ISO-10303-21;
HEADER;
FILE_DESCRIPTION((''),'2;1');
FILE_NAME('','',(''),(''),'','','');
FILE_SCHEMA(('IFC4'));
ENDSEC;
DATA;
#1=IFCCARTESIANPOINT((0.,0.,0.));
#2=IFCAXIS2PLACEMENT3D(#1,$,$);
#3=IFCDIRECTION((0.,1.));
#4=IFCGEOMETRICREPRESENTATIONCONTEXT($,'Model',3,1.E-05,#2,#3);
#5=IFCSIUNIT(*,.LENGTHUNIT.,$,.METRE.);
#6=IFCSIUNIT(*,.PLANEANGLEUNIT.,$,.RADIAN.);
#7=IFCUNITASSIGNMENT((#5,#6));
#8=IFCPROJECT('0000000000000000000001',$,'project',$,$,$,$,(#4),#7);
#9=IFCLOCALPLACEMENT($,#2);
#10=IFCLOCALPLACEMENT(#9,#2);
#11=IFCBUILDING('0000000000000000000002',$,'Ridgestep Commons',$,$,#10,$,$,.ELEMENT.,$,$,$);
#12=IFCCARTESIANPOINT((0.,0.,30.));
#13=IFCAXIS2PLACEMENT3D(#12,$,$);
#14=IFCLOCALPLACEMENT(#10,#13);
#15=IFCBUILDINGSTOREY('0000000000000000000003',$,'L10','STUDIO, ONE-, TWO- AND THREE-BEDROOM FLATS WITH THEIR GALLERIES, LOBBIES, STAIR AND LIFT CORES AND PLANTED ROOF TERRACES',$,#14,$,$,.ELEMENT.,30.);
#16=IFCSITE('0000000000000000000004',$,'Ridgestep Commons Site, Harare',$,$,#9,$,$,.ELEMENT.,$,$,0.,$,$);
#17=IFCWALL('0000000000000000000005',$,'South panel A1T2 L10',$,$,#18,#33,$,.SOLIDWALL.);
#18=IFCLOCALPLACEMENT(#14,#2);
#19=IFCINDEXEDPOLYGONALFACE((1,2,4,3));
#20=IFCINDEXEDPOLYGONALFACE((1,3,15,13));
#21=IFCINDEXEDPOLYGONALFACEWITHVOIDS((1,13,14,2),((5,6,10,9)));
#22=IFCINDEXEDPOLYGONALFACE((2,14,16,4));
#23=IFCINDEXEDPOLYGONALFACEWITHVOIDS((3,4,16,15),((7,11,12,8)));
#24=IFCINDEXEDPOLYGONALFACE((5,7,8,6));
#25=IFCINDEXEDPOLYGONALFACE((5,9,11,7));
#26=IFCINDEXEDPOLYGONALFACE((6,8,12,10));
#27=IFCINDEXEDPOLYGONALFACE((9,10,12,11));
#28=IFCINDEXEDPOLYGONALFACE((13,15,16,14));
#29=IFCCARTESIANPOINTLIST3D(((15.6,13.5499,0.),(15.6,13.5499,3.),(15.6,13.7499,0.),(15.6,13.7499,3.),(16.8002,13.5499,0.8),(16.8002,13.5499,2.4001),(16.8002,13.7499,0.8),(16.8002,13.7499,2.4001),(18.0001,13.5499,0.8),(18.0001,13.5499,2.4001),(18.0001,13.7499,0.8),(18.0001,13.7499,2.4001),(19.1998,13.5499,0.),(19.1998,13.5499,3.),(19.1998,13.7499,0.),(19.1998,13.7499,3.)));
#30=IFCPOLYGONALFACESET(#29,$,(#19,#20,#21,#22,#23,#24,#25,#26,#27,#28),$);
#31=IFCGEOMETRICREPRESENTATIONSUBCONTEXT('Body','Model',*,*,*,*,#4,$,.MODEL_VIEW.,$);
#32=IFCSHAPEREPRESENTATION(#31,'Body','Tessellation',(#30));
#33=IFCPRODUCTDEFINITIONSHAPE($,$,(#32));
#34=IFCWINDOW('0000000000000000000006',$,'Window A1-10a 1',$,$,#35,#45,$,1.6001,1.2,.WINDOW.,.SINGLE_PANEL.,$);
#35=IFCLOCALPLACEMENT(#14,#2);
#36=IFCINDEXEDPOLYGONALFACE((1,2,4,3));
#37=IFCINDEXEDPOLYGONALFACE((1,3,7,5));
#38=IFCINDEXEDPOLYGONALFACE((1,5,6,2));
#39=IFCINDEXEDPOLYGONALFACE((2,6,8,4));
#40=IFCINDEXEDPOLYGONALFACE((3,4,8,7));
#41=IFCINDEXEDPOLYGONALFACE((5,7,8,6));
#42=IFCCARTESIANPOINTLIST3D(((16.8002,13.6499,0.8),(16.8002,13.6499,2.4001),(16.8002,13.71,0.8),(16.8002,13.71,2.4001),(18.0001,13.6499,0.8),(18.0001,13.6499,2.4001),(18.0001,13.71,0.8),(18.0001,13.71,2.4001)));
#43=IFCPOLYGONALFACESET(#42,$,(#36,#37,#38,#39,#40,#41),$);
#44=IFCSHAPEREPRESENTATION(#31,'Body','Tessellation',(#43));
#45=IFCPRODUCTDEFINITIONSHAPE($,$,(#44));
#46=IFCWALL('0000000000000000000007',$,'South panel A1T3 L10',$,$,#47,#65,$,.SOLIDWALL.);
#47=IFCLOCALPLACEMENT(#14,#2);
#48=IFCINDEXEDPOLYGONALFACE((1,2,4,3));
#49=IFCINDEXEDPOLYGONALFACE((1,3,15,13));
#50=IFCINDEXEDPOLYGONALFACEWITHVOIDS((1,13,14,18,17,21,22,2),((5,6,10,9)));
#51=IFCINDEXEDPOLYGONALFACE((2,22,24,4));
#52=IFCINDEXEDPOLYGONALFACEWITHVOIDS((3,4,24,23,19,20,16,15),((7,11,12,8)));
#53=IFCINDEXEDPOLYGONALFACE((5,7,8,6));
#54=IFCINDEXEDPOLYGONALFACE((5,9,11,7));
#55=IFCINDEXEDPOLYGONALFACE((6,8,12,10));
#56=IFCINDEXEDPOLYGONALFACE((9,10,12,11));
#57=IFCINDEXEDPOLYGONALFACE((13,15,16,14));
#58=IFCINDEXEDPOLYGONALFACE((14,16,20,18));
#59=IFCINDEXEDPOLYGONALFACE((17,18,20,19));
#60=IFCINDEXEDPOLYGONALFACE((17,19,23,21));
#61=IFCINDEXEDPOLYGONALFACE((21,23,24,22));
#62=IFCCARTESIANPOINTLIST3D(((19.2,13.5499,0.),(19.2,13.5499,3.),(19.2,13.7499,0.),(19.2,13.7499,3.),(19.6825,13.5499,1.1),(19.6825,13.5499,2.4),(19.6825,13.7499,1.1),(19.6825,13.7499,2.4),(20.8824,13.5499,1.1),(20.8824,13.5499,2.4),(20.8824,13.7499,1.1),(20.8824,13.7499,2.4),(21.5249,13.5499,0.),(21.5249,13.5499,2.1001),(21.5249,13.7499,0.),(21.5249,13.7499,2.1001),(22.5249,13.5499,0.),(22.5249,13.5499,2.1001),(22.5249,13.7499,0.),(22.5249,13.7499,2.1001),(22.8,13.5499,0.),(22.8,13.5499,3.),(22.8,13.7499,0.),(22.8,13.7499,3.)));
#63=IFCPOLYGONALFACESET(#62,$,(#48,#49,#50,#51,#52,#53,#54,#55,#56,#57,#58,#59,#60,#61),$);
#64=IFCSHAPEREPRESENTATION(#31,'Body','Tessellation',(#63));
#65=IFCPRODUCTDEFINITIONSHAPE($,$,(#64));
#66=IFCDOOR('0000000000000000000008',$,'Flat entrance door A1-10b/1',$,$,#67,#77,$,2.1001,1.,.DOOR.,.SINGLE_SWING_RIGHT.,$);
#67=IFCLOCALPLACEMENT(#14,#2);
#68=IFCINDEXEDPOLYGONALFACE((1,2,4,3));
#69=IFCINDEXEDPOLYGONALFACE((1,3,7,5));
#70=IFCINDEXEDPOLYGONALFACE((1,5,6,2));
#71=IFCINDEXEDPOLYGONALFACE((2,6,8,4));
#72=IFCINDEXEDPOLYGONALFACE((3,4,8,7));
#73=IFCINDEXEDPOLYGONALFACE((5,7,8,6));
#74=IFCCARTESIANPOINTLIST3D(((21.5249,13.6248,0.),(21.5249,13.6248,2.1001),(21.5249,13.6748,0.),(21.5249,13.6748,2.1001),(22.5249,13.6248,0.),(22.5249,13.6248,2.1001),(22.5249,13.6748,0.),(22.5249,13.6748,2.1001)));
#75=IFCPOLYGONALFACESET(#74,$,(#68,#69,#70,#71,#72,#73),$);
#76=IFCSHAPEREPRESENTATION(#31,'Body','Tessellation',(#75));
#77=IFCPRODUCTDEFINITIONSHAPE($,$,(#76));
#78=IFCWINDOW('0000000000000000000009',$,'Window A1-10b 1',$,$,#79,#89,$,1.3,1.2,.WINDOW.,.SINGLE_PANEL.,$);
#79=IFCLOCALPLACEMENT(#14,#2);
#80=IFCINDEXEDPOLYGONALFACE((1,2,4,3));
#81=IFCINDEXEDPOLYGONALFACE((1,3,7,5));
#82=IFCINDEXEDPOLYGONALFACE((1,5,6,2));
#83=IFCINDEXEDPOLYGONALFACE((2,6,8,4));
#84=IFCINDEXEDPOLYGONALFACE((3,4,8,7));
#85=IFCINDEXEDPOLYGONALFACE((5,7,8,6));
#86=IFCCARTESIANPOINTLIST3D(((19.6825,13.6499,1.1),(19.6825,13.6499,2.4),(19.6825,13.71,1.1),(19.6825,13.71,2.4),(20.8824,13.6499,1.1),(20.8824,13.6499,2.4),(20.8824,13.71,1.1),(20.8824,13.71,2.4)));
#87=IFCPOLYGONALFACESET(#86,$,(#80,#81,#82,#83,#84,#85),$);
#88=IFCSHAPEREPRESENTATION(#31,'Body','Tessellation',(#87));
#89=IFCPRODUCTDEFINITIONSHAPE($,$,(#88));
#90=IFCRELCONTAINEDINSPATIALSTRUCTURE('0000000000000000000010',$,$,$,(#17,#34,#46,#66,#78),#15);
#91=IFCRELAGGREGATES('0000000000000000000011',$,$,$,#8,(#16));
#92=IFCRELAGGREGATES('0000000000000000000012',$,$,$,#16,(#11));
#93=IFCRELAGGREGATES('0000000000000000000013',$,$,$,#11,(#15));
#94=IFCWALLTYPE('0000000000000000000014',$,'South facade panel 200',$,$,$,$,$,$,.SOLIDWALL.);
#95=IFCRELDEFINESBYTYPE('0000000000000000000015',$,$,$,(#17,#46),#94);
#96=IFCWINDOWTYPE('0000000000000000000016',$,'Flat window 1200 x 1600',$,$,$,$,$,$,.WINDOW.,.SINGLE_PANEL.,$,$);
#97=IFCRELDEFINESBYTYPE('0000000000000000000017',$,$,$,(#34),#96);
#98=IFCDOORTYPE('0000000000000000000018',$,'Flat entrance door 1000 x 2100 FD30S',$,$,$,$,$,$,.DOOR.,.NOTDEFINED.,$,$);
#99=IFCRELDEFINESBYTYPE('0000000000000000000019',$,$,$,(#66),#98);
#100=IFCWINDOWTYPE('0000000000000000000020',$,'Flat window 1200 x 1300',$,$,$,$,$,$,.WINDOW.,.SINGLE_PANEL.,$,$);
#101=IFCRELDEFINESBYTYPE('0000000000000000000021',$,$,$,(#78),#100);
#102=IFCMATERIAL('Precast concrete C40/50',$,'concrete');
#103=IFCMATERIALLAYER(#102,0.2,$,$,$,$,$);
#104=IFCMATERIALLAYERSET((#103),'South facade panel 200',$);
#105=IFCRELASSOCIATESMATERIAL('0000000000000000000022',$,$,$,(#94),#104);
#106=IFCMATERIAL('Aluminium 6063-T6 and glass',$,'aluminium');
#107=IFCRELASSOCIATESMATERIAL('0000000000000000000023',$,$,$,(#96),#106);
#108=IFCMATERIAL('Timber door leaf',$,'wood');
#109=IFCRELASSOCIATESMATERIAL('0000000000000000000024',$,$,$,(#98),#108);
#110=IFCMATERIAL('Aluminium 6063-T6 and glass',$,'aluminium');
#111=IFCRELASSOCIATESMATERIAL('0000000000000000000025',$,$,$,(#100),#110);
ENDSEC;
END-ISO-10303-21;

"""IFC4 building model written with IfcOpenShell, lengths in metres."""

from ifc_helpers import new_model, si_unit, direction, frame, frame_2d, origin, place, context, subcontext, project, spatial, rectangle, extrude, material, layer, layer_set, type_object, element, fill, save


model = new_model("IFC4")

# Units and contexts
model_context = context("Model", 3, precision=1e-05, world=origin(), true_north=direction((0.0, 1.0)))
body_context = subcontext(model_context, "Body", "Model", "MODEL_VIEW")
ifc_project = project(units=[si_unit("LENGTHUNIT", "METRE"), si_unit("PLANEANGLEUNIT", "RADIAN")], contexts=[model_context])

# Site, building, storey
site_placement = place(None, origin())
site = spatial("IfcSite", under=ifc_project, at=site_placement, Name="Ridgestep Commons Site, Harare", CompositionType="ELEMENT", RefElevation=0.0)
building_placement = place(site_placement, origin())
building = spatial("IfcBuilding", under=site, at=building_placement, Name="Ridgestep Commons", CompositionType="ELEMENT")
storey_placement = place(building_placement, frame((0.0, 0.0, 30.0)))
storey = spatial("IfcBuildingStorey", under=building, at=storey_placement, Name="L10", Description="STUDIO, ONE-, TWO- AND THREE-BEDROOM FLATS WITH THEIR GALLERIES, LOBBIES, STAIR AND LIFT CORES AND PLANTED ROOF TERRACES", CompositionType="ELEMENT", Elevation=30.0)

# Wall, opening, window
ifc_material_1 = material(Name="Precast concrete C40/50", Category="concrete")
ifc_layer_1 = layer(ifc_material_1, 0.2)
ifc_layer_set_1 = layer_set([ifc_layer_1], Name="South facade panel 200")
wall_type_1 = type_object("IfcWallType", Name="South facade panel 200", PredefinedType="SOLIDWALL", material=ifc_layer_set_1)
wall_1_placement = place(storey_placement, frame((15.6001, 13.6499, 0.0), z_axis=(0.0, 0.0, 1.0), x_axis=(1.0, 0.0, 0.0)))
wall_1 = element("IfcWall", 1, at=wall_1_placement, inside=storey, type_object=wall_type_1, Name="South panel A1T2 L10", PredefinedType="SOLIDWALL", context=body_context, shape_type="SweptSolid", body=[
    extrude(rectangle(XDim=3.5999, YDim=0.2, at=frame_2d((1.7998, 0.0))), origin(), (0.0, 0.0, 1.0), 3.0),
])
opening_1_placement = place(wall_1_placement, frame((1.2, 0.0, 0.8)))
opening_1 = element("IfcOpeningElement", 2, at=opening_1_placement, cuts=wall_1, PredefinedType="OPENING", context=body_context, shape_type="SweptSolid", body=[
    extrude(rectangle(XDim=1.2, YDim=1.6001, at=frame_2d((0.6001, 0.8))), frame((0.0, 0.1099, 0.0), z_axis=(0.0, -1.0, 0.0), x_axis=(1.0, 0.0, 0.0)), (0.0, 0.0, 1.0), 0.22),
])
ifc_material_2 = material(Name="Aluminium 6063-T6 and glass", Category="aluminium")
window_type_1 = type_object("IfcWindowType", Name="Flat window 1200 x 1600", PartitioningType="SINGLE_PANEL", PredefinedType="WINDOW", material=ifc_material_2)
window_1_placement = place(opening_1_placement, origin())
window_1 = element("IfcWindow", 3, at=window_1_placement, inside=storey, type_object=window_type_1, Name="Window A1-10a 1", OverallHeight=1.6001, OverallWidth=1.2, PartitioningType="SINGLE_PANEL", PredefinedType="WINDOW", context=body_context, shape_type="SweptSolid", body=[
    extrude(rectangle(XDim=1.2, YDim=1.6001, at=frame_2d((0.6001, 0.8))), frame((0.0, 0.0601, 0.0), z_axis=(0.0, -1.0, 0.0), x_axis=(1.0, 0.0, 0.0)), (0.0, 0.0, 1.0), 0.0601),
])
fill(opening_1, window_1)

# Wall, openings, door, window
wall_2_placement = place(storey_placement, frame((19.2, 13.6499, 0.0), z_axis=(0.0, 0.0, 1.0), x_axis=(1.0, 0.0, 0.0)))
wall_2 = element("IfcWall", 4, at=wall_2_placement, inside=storey, type_object=wall_type_1, Name="South panel A1T3 L10", PredefinedType="SOLIDWALL", context=body_context, shape_type="SweptSolid", body=[
    extrude(rectangle(XDim=3.6001, YDim=0.2, at=frame_2d((1.8, 0.0))), origin(), (0.0, 0.0, 1.0), 3.0),
])
opening_2_placement = place(wall_2_placement, frame((0.4824, 0.0, 1.1001)))
opening_2 = element("IfcOpeningElement", 5, at=opening_2_placement, cuts=wall_2, PredefinedType="OPENING", context=body_context, shape_type="SweptSolid", body=[
    extrude(rectangle(XDim=1.2, YDim=1.3, at=frame_2d((0.6001, 0.6499))), frame((0.0, 0.1099, 0.0), z_axis=(0.0, -1.0, 0.0), x_axis=(1.0, 0.0, 0.0)), (0.0, 0.0, 1.0), 0.22),
])
opening_3_placement = place(wall_2_placement, frame((2.325, 0.0, 0.0)))
opening_3 = element("IfcOpeningElement", 6, at=opening_3_placement, cuts=wall_2, PredefinedType="OPENING", context=body_context, shape_type="SweptSolid", body=[
    extrude(rectangle(XDim=1.0, YDim=2.1001, at=frame_2d((0.5, 1.05))), frame((0.0, 0.1099, 0.0), z_axis=(0.0, -1.0, 0.0), x_axis=(1.0, 0.0, 0.0)), (0.0, 0.0, 1.0), 0.22),
])
ifc_material_3 = material(Name="Timber door leaf", Category="wood")
door_type_1 = type_object("IfcDoorType", Name="Flat entrance door 1000 x 2100 FD30S", OperationType="NOTDEFINED", PredefinedType="DOOR", material=ifc_material_3)
door_1_placement = place(opening_3_placement, origin())
door_1 = element("IfcDoor", 7, at=door_1_placement, inside=storey, type_object=door_type_1, Name="Flat entrance door A1-10b/1", OperationType="SINGLE_SWING_RIGHT", OverallHeight=2.1001, OverallWidth=1.0, PredefinedType="DOOR", context=body_context, shape_type="SweptSolid", body=[
    extrude(rectangle(XDim=1.0, YDim=2.1001, at=frame_2d((0.5, 1.05))), frame((0.0, 0.0249, 0.0), z_axis=(0.0, -1.0, 0.0), x_axis=(1.0, 0.0, 0.0)), (0.0, 0.0, 1.0), 0.05),
])
fill(opening_3, door_1)
ifc_material_4 = material(Name="Aluminium 6063-T6 and glass", Category="aluminium")
window_type_2 = type_object("IfcWindowType", Name="Flat window 1200 x 1300", PartitioningType="SINGLE_PANEL", PredefinedType="WINDOW", material=ifc_material_4)
window_2_placement = place(opening_2_placement, origin())
window_2 = element("IfcWindow", 8, at=window_2_placement, inside=storey, type_object=window_type_2, Name="Window A1-10b 1", OverallHeight=1.3, OverallWidth=1.2, PartitioningType="SINGLE_PANEL", PredefinedType="WINDOW", context=body_context, shape_type="SweptSolid", body=[
    extrude(rectangle(XDim=1.2, YDim=1.3, at=frame_2d((0.6001, 0.6499))), frame((0.0, 0.0601, 0.0), z_axis=(0.0, -1.0, 0.0), x_axis=(1.0, 0.0, 0.0)), (0.0, 0.0, 1.0), 0.0601),
])
fill(opening_2, window_2)

save(model, "model.ifc")
